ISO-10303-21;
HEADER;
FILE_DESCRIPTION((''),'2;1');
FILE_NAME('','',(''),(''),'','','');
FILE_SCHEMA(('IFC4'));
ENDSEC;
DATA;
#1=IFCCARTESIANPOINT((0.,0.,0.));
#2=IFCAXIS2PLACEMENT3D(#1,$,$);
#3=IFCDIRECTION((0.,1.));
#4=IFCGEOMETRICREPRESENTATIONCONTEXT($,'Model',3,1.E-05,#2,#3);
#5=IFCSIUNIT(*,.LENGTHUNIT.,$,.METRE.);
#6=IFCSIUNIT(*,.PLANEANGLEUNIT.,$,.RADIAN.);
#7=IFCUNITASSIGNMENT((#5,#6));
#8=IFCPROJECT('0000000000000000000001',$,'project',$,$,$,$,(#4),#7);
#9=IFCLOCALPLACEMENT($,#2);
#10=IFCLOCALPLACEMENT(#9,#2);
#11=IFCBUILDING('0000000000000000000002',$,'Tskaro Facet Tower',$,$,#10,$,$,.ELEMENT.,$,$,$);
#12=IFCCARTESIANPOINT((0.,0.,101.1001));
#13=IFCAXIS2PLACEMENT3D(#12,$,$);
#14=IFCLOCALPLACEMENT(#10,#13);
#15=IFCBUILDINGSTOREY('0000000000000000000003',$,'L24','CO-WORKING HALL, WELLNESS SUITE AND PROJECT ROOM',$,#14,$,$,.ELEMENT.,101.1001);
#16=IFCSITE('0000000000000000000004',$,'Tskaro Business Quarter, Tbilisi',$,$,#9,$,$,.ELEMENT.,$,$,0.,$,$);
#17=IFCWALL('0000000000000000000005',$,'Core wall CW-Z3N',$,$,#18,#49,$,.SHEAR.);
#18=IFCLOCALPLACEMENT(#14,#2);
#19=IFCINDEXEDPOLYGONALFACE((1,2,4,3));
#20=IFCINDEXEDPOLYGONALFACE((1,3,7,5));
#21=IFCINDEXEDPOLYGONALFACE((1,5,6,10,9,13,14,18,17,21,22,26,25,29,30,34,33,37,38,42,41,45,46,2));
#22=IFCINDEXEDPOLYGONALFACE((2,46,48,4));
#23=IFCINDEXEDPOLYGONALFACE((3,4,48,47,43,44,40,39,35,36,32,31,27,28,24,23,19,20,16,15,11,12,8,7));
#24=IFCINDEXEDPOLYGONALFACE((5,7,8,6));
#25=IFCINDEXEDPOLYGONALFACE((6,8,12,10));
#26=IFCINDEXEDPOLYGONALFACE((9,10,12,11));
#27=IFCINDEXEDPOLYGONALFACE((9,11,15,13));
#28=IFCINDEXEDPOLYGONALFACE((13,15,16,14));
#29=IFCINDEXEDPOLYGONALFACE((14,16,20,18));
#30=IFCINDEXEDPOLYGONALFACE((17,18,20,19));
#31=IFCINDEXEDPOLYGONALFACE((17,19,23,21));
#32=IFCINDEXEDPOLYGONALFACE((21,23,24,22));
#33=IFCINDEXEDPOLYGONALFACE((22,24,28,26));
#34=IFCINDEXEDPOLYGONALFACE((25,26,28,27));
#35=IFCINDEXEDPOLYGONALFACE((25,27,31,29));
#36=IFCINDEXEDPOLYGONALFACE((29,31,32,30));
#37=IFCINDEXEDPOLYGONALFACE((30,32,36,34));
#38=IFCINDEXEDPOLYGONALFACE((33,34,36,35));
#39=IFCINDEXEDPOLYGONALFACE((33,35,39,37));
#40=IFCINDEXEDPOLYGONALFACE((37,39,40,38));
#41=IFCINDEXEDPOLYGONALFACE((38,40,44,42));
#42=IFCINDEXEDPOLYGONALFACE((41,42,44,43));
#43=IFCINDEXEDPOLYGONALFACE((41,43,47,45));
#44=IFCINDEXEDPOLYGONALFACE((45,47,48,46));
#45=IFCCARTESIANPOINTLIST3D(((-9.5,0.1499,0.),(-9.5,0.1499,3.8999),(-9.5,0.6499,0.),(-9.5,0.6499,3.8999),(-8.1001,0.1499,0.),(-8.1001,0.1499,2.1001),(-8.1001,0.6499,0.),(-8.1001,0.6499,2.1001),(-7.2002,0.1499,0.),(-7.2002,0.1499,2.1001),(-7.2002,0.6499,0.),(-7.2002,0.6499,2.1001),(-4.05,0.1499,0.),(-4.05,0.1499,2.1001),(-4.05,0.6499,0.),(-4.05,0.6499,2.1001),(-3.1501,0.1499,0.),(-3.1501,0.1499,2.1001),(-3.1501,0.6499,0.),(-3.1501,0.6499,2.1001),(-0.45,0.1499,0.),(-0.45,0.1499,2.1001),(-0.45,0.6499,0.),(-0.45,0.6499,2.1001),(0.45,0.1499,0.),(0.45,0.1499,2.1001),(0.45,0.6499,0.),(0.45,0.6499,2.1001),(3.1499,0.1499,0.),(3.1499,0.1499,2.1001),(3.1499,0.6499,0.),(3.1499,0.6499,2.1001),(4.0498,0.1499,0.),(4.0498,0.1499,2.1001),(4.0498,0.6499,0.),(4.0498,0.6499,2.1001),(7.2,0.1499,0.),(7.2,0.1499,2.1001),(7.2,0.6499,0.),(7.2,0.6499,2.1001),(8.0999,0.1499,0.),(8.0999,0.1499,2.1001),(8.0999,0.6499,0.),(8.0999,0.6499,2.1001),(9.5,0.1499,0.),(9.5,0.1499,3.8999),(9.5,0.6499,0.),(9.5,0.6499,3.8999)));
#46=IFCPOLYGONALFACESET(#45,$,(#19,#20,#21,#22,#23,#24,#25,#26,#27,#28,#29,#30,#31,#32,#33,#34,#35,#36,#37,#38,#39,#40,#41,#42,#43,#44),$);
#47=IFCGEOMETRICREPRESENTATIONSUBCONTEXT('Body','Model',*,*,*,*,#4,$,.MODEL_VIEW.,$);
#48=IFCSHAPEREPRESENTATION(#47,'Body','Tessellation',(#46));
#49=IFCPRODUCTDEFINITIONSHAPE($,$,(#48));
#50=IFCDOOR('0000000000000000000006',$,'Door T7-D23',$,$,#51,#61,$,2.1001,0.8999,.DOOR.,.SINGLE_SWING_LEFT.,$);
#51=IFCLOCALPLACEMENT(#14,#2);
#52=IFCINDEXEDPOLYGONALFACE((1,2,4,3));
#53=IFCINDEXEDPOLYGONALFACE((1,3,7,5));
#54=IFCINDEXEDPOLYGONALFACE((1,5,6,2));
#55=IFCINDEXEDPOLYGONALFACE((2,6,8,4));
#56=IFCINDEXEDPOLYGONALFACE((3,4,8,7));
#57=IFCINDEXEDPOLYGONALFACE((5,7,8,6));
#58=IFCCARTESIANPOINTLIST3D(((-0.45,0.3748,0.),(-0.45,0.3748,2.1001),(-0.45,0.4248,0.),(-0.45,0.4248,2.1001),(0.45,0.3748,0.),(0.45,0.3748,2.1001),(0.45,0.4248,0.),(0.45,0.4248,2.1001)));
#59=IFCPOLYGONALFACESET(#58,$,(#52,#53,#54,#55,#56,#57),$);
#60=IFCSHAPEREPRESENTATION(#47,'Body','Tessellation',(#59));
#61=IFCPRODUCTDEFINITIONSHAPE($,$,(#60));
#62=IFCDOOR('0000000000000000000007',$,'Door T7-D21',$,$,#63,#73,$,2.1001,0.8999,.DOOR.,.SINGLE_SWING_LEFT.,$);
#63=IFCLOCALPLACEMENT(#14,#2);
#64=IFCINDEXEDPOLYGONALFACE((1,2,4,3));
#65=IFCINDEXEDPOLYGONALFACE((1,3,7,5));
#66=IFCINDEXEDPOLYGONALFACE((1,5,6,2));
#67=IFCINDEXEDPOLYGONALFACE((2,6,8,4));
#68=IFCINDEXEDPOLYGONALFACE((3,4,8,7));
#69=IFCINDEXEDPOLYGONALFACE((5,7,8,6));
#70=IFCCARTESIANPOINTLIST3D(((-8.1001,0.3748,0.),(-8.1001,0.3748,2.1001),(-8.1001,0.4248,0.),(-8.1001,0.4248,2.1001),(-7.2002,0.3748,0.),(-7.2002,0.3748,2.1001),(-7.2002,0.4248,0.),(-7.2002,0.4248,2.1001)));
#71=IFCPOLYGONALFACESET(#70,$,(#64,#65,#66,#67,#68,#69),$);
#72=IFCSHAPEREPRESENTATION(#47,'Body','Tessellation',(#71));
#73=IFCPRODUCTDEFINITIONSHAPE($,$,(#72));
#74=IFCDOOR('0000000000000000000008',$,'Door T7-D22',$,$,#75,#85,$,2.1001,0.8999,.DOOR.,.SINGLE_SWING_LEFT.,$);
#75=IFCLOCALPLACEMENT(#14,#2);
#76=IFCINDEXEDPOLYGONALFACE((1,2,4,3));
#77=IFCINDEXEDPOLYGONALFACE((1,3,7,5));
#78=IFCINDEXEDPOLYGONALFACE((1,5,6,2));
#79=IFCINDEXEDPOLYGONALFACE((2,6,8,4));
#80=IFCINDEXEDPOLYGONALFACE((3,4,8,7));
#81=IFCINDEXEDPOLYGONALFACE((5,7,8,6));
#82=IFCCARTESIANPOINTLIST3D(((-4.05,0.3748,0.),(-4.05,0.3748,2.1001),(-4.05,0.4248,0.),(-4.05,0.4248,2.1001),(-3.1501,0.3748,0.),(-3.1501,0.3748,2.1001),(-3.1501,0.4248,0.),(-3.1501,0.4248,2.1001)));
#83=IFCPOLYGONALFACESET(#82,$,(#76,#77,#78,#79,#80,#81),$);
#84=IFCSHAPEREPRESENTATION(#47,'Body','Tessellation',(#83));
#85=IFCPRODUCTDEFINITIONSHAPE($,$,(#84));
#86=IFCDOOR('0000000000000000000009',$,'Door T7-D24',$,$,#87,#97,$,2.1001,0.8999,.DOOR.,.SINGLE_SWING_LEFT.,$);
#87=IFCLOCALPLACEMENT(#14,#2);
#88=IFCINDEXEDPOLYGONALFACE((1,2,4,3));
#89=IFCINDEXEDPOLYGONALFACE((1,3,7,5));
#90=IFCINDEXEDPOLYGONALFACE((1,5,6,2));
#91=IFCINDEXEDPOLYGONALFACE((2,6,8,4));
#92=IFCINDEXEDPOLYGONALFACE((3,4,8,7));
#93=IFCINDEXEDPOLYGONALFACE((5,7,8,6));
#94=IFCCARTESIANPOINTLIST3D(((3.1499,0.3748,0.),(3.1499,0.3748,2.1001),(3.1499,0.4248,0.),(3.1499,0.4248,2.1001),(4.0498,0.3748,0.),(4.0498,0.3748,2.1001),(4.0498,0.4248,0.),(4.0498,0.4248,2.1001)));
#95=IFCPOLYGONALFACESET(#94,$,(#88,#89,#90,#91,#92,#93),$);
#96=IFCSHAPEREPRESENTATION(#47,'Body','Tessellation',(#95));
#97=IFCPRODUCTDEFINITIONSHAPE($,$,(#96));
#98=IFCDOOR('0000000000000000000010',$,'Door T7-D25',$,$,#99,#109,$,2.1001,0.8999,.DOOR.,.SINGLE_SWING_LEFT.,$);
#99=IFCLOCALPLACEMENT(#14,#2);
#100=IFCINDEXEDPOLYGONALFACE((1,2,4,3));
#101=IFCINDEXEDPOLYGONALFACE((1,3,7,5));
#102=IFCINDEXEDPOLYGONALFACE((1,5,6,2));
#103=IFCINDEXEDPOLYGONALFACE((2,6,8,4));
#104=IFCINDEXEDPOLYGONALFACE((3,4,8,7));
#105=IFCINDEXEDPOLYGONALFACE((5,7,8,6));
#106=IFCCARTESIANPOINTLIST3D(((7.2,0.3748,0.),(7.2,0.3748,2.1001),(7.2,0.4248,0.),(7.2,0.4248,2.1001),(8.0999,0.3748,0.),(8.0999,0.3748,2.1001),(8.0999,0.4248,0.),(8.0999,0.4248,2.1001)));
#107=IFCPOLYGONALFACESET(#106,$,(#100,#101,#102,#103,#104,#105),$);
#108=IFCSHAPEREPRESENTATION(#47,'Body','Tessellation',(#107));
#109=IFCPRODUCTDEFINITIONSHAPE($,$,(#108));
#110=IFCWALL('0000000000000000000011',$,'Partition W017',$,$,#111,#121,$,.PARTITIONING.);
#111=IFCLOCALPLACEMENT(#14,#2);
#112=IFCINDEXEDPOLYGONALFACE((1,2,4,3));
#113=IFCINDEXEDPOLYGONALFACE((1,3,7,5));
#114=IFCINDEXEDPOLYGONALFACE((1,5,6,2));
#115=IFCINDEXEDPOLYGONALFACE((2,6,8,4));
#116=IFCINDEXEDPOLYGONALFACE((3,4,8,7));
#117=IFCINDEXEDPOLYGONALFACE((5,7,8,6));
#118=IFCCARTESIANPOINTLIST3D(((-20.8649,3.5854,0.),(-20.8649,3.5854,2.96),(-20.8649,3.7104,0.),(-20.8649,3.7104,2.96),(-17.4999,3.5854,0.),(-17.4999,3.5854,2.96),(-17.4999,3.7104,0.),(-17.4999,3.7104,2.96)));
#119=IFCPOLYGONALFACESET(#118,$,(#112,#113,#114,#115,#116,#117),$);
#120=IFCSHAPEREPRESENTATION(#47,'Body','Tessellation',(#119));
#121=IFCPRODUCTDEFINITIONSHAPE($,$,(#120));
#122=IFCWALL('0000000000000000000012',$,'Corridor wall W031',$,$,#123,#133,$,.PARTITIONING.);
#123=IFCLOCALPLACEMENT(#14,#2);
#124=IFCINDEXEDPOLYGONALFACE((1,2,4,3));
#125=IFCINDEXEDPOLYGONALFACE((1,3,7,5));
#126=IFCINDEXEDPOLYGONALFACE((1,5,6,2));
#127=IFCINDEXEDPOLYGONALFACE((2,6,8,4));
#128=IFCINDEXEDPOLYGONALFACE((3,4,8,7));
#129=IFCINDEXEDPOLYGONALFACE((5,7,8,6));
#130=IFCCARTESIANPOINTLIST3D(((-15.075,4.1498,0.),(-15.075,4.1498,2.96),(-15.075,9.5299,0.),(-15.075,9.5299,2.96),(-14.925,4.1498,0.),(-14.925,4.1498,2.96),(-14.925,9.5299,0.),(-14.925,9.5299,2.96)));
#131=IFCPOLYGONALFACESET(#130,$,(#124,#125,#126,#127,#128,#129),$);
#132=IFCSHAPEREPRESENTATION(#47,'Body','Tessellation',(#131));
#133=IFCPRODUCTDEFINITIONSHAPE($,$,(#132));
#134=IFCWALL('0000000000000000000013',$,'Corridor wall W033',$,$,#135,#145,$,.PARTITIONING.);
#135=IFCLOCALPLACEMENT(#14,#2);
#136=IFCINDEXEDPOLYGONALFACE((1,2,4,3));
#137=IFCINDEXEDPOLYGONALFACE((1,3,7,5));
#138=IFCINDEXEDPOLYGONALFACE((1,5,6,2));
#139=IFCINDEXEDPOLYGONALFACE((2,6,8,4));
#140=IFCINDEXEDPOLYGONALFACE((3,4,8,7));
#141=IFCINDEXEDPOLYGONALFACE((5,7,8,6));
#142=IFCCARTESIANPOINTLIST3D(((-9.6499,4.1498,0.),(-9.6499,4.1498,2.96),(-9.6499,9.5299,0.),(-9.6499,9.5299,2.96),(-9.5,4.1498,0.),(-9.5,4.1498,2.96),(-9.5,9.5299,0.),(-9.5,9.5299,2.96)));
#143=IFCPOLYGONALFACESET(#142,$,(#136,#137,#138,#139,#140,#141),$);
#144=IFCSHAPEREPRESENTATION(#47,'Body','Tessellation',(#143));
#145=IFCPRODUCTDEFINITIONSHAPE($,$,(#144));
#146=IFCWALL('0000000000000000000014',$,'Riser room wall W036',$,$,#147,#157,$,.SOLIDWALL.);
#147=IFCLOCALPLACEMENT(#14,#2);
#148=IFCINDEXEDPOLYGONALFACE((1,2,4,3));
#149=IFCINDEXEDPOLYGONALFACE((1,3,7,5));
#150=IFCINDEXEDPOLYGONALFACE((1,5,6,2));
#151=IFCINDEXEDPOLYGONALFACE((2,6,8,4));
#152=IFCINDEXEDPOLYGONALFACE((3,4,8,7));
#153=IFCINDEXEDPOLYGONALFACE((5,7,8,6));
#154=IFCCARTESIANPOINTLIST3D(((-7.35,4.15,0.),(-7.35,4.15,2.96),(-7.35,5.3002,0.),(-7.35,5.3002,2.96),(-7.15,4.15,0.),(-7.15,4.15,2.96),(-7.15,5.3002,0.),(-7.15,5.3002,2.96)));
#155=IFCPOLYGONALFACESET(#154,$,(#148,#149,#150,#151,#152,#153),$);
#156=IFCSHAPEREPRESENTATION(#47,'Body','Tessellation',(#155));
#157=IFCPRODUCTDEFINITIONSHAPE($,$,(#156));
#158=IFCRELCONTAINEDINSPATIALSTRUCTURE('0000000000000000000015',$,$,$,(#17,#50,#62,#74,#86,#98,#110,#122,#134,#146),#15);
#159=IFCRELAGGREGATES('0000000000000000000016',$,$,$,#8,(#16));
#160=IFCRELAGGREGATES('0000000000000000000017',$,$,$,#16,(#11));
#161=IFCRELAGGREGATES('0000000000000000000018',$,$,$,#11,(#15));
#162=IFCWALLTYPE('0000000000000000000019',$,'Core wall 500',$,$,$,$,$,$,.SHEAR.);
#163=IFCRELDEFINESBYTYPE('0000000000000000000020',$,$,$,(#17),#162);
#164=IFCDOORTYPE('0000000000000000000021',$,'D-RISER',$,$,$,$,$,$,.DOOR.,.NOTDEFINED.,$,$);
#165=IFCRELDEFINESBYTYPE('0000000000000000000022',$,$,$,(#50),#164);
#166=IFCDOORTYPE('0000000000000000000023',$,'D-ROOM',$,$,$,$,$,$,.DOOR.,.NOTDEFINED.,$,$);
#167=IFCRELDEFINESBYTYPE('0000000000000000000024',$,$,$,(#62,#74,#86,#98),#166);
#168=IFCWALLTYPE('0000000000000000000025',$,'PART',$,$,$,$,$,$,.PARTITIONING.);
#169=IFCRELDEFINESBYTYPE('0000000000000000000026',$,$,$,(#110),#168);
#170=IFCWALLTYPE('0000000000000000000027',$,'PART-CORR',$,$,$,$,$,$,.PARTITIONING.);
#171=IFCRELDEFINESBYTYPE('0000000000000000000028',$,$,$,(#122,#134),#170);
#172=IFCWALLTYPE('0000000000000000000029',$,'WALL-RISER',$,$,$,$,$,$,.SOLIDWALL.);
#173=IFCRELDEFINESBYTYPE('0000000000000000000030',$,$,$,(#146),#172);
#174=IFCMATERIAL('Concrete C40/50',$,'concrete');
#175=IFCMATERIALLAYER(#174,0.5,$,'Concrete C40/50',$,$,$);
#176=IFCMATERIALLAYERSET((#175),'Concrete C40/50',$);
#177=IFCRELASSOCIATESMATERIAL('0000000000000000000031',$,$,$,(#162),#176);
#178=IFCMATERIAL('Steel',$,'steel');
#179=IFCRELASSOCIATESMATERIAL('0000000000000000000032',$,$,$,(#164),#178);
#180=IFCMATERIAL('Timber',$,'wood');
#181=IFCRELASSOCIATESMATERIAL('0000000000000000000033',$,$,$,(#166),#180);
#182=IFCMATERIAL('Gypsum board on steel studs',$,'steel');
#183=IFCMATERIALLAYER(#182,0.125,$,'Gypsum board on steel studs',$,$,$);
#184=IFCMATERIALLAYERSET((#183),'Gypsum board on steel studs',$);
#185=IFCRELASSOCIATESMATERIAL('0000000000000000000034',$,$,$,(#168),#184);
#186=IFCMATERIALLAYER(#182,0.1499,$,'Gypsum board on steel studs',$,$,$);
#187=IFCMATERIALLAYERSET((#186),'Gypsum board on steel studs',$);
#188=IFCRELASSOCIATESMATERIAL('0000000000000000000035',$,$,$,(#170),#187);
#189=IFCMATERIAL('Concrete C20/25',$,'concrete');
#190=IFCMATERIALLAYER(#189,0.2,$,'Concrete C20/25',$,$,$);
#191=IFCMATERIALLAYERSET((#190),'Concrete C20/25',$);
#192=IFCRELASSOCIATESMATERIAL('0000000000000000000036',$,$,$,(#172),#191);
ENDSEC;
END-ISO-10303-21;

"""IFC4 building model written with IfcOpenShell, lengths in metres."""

from ifc_helpers import new_model, si_unit, direction, frame, frame_2d, origin, place, context, subcontext, project, spatial, rectangle, extrude, material, layer, layer_set, type_object, element, fill, save


model = new_model("IFC4")

# Units and contexts
model_context = context("Model", 3, precision=1e-05, world=origin(), true_north=direction((0.0, 1.0)))
body_context = subcontext(model_context, "Body", "Model", "MODEL_VIEW")
ifc_project = project(units=[si_unit("LENGTHUNIT", "METRE"), si_unit("PLANEANGLEUNIT", "RADIAN")], contexts=[model_context])

# Site, building, storey
site_placement = place(None, origin())
site = spatial("IfcSite", under=ifc_project, at=site_placement, Name="Tskaro Business Quarter, Tbilisi", CompositionType="ELEMENT", RefElevation=0.0)
building_placement = place(site_placement, origin())
building = spatial("IfcBuilding", under=site, at=building_placement, Name="Tskaro Facet Tower", CompositionType="ELEMENT")
storey_placement = place(building_placement, frame((0.0, 0.0, 101.1001)))
storey = spatial("IfcBuildingStorey", under=building, at=storey_placement, Name="L24", Description="CO-WORKING HALL, WELLNESS SUITE AND PROJECT ROOM", CompositionType="ELEMENT", Elevation=101.1001)

# Wall, openings, doors
ifc_material_1 = material(Name="Concrete C40/50", Category="concrete")
ifc_layer_1 = layer(ifc_material_1, 0.5, Name="Concrete C40/50")
ifc_layer_set_1 = layer_set([ifc_layer_1], Name="Concrete C40/50")
wall_type_1 = type_object("IfcWallType", Name="Core wall 500", PredefinedType="SHEAR", material=ifc_layer_set_1)
wall_1_placement = place(storey_placement, frame((-9.5, 0.3999, 0.0), z_axis=(0.0, 0.0, 1.0), x_axis=(1.0, 0.0, 0.0)))
wall_1 = element("IfcWall", 1, at=wall_1_placement, inside=storey, type_object=wall_type_1, Name="Core wall CW-Z3N", PredefinedType="SHEAR", context=body_context, shape_type="SweptSolid", body=[
    extrude(rectangle(XDim=19.0, YDim=0.5, at=frame_2d((9.5, 0.0))), origin(), (0.0, 0.0, 1.0), 3.8999),
])
opening_1_placement = place(wall_1_placement, frame((1.3999, 0.0, 0.0)))
opening_1 = element("IfcOpeningElement", 2, at=opening_1_placement, cuts=wall_1, PredefinedType="OPENING", context=body_context, shape_type="SweptSolid", body=[
    extrude(rectangle(XDim=0.8999, YDim=2.1001, at=frame_2d((0.45, 1.05))), frame((0.0, 0.26, 0.0), z_axis=(0.0, -1.0, 0.0), x_axis=(1.0, 0.0, 0.0)), (0.0, 0.0, 1.0), 0.52),
])
opening_2_placement = place(wall_1_placement, frame((5.45, 0.0, 0.0)))
opening_2 = element("IfcOpeningElement", 3, at=opening_2_placement, cuts=wall_1, PredefinedType="OPENING", context=body_context, shape_type="SweptSolid", body=[
    extrude(rectangle(XDim=0.8999, YDim=2.1001, at=frame_2d((0.45, 1.05))), frame((0.0, 0.26, 0.0), z_axis=(0.0, -1.0, 0.0), x_axis=(1.0, 0.0, 0.0)), (0.0, 0.0, 1.0), 0.52),
])
opening_3_placement = place(wall_1_placement, frame((12.6499, 0.0, 0.0)))
opening_3 = element("IfcOpeningElement", 4, at=opening_3_placement, cuts=wall_1, PredefinedType="OPENING", context=body_context, shape_type="SweptSolid", body=[
    extrude(rectangle(XDim=0.8999, YDim=2.1001, at=frame_2d((0.45, 1.05))), frame((0.0, 0.26, 0.0), z_axis=(0.0, -1.0, 0.0), x_axis=(1.0, 0.0, 0.0)), (0.0, 0.0, 1.0), 0.52),
])
opening_4_placement = place(wall_1_placement, frame((16.7, 0.0, 0.0)))
opening_4 = element("IfcOpeningElement", 5, at=opening_4_placement, cuts=wall_1, PredefinedType="OPENING", context=body_context, shape_type="SweptSolid", body=[
    extrude(rectangle(XDim=0.8999, YDim=2.1001, at=frame_2d((0.45, 1.05))), frame((0.0, 0.26, 0.0), z_axis=(0.0, -1.0, 0.0), x_axis=(1.0, 0.0, 0.0)), (0.0, 0.0, 1.0), 0.52),
])
opening_5_placement = place(wall_1_placement, frame((9.05, 0.0, 0.0)))
opening_5 = element("IfcOpeningElement", 6, at=opening_5_placement, cuts=wall_1, PredefinedType="OPENING", context=body_context, shape_type="SweptSolid", body=[
    extrude(rectangle(XDim=0.8999, YDim=2.1001, at=frame_2d((0.45, 1.05))), frame((0.0, 0.26, 0.0), z_axis=(0.0, -1.0, 0.0), x_axis=(1.0, 0.0, 0.0)), (0.0, 0.0, 1.0), 0.52),
])
ifc_material_2 = material(Name="Steel", Category="steel")
door_type_1 = type_object("IfcDoorType", Name="D-RISER", OperationType="NOTDEFINED", PredefinedType="DOOR", material=ifc_material_2)
door_1_placement = place(opening_5_placement, origin())
door_1 = element("IfcDoor", 7, at=door_1_placement, inside=storey, type_object=door_type_1, Name="Door T7-D23", OperationType="SINGLE_SWING_LEFT", OverallHeight=2.1001, OverallWidth=0.8999, PredefinedType="DOOR", context=body_context, shape_type="SweptSolid", body=[
    extrude(rectangle(XDim=0.8999, YDim=2.1001, at=frame_2d((0.45, 1.05))), frame((0.0, 0.0249, 0.0), z_axis=(0.0, -1.0, 0.0), x_axis=(1.0, 0.0, 0.0)), (0.0, 0.0, 1.0), 0.05),
])
fill(opening_5, door_1)
ifc_material_3 = material(Name="Timber", Category="wood")
door_type_2 = type_object("IfcDoorType", Name="D-ROOM", OperationType="NOTDEFINED", PredefinedType="DOOR", material=ifc_material_3)
door_2_placement = place(opening_1_placement, origin())
door_2 = element("IfcDoor", 8, at=door_2_placement, inside=storey, type_object=door_type_2, Name="Door T7-D21", OperationType="SINGLE_SWING_LEFT", OverallHeight=2.1001, OverallWidth=0.8999, PredefinedType="DOOR", context=body_context, shape_type="SweptSolid", body=[
    extrude(rectangle(XDim=0.8999, YDim=2.1001, at=frame_2d((0.45, 1.05))), frame((0.0, 0.0249, 0.0), z_axis=(0.0, -1.0, 0.0), x_axis=(1.0, 0.0, 0.0)), (0.0, 0.0, 1.0), 0.05),
])
fill(opening_1, door_2)
door_3_placement = place(opening_2_placement, origin())
door_3 = element("IfcDoor", 9, at=door_3_placement, inside=storey, type_object=door_type_2, Name="Door T7-D22", OperationType="SINGLE_SWING_LEFT", OverallHeight=2.1001, OverallWidth=0.8999, PredefinedType="DOOR", context=body_context, shape_type="SweptSolid", body=[
    extrude(rectangle(XDim=0.8999, YDim=2.1001, at=frame_2d((0.45, 1.05))), frame((0.0, 0.0249, 0.0), z_axis=(0.0, -1.0, 0.0), x_axis=(1.0, 0.0, 0.0)), (0.0, 0.0, 1.0), 0.05),
])
fill(opening_2, door_3)
door_4_placement = place(opening_3_placement, origin())
door_4 = element("IfcDoor", 10, at=door_4_placement, inside=storey, type_object=door_type_2, Name="Door T7-D24", OperationType="SINGLE_SWING_LEFT", OverallHeight=2.1001, OverallWidth=0.8999, PredefinedType="DOOR", context=body_context, shape_type="SweptSolid", body=[
    extrude(rectangle(XDim=0.8999, YDim=2.1001, at=frame_2d((0.45, 1.05))), frame((0.0, 0.0249, 0.0), z_axis=(0.0, -1.0, 0.0), x_axis=(1.0, 0.0, 0.0)), (0.0, 0.0, 1.0), 0.05),
])
fill(opening_3, door_4)
door_5_placement = place(opening_4_placement, origin())
door_5 = element("IfcDoor", 11, at=door_5_placement, inside=storey, type_object=door_type_2, Name="Door T7-D25", OperationType="SINGLE_SWING_LEFT", OverallHeight=2.1001, OverallWidth=0.8999, PredefinedType="DOOR", context=body_context, shape_type="SweptSolid", body=[
    extrude(rectangle(XDim=0.8999, YDim=2.1001, at=frame_2d((0.45, 1.05))), frame((0.0, 0.0249, 0.0), z_axis=(0.0, -1.0, 0.0), x_axis=(1.0, 0.0, 0.0)), (0.0, 0.0, 1.0), 0.05),
])
fill(opening_4, door_5)

# Walls
ifc_material_4 = material(Name="Gypsum board on steel studs", Category="steel")
ifc_layer_2 = layer(ifc_material_4, 0.125, Name="Gypsum board on steel studs")
ifc_layer_set_2 = layer_set([ifc_layer_2], Name="Gypsum board on steel studs")
wall_type_2 = type_object("IfcWallType", Name="PART", PredefinedType="PARTITIONING", material=ifc_layer_set_2)
wall_2_placement = place(storey_placement, frame((-20.865, 3.6479, 0.0), z_axis=(0.0, 0.0, 1.0), x_axis=(1.0, 0.0, 0.0)))
element("IfcWall", 12, at=wall_2_placement, inside=storey, type_object=wall_type_2, Name="Partition W017", PredefinedType="PARTITIONING", context=body_context, shape_type="SweptSolid", body=[
    extrude(rectangle(XDim=3.365, YDim=0.125, at=frame_2d((1.6826, 0.0))), origin(), (0.0, 0.0, 1.0), 2.96),
])
ifc_layer_3 = layer(ifc_material_4, 0.1499, Name="Gypsum board on steel studs")
ifc_layer_set_3 = layer_set([ifc_layer_3], Name="Gypsum board on steel studs")
wall_type_3 = type_object("IfcWallType", Name="PART-CORR", PredefinedType="PARTITIONING", material=ifc_layer_set_3)
for number, where, z_axis, x_axis, name in (
    (13, (-15.0, 4.1499, 0.0), (0.0, 0.0, 1.0), (0.0, 1.0, 0.0), "Corridor wall W031"),
    (14, (-9.575, 4.1499, 0.0), (0.0, 0.0, 1.0), (0.0, 1.0, 0.0), "Corridor wall W033"),
):
    element("IfcWall", number, at=place(storey_placement, frame(where, z_axis=z_axis, x_axis=x_axis)), inside=storey, type_object=wall_type_3, Name=name, PredefinedType="PARTITIONING", context=body_context, shape_type="SweptSolid", body=[
        extrude(rectangle(XDim=5.3801, YDim=0.1499, at=frame_2d((2.6899, 0.0))), origin(), (0.0, 0.0, 1.0), 2.96),
    ])
ifc_material_5 = material(Name="Concrete C20/25", Category="concrete")
ifc_layer_4 = layer(ifc_material_5, 0.2, Name="Concrete C20/25")
ifc_layer_set_4 = layer_set([ifc_layer_4], Name="Concrete C20/25")
wall_type_4 = type_object("IfcWallType", Name="WALL-RISER", PredefinedType="SOLIDWALL", material=ifc_layer_set_4)
wall_3_placement = place(storey_placement, frame((-7.25, 4.1499, 0.0), z_axis=(0.0, 0.0, 1.0), x_axis=(0.0, 1.0, 0.0)))
element("IfcWall", 15, at=wall_3_placement, inside=storey, type_object=wall_type_4, Name="Riser room wall W036", PredefinedType="SOLIDWALL", context=body_context, shape_type="SweptSolid", body=[
    extrude(rectangle(XDim=1.1501, YDim=0.2, at=frame_2d((0.5752, 0.0))), origin(), (0.0, 0.0, 1.0), 2.96),
])

save(model, "model.ifc")
